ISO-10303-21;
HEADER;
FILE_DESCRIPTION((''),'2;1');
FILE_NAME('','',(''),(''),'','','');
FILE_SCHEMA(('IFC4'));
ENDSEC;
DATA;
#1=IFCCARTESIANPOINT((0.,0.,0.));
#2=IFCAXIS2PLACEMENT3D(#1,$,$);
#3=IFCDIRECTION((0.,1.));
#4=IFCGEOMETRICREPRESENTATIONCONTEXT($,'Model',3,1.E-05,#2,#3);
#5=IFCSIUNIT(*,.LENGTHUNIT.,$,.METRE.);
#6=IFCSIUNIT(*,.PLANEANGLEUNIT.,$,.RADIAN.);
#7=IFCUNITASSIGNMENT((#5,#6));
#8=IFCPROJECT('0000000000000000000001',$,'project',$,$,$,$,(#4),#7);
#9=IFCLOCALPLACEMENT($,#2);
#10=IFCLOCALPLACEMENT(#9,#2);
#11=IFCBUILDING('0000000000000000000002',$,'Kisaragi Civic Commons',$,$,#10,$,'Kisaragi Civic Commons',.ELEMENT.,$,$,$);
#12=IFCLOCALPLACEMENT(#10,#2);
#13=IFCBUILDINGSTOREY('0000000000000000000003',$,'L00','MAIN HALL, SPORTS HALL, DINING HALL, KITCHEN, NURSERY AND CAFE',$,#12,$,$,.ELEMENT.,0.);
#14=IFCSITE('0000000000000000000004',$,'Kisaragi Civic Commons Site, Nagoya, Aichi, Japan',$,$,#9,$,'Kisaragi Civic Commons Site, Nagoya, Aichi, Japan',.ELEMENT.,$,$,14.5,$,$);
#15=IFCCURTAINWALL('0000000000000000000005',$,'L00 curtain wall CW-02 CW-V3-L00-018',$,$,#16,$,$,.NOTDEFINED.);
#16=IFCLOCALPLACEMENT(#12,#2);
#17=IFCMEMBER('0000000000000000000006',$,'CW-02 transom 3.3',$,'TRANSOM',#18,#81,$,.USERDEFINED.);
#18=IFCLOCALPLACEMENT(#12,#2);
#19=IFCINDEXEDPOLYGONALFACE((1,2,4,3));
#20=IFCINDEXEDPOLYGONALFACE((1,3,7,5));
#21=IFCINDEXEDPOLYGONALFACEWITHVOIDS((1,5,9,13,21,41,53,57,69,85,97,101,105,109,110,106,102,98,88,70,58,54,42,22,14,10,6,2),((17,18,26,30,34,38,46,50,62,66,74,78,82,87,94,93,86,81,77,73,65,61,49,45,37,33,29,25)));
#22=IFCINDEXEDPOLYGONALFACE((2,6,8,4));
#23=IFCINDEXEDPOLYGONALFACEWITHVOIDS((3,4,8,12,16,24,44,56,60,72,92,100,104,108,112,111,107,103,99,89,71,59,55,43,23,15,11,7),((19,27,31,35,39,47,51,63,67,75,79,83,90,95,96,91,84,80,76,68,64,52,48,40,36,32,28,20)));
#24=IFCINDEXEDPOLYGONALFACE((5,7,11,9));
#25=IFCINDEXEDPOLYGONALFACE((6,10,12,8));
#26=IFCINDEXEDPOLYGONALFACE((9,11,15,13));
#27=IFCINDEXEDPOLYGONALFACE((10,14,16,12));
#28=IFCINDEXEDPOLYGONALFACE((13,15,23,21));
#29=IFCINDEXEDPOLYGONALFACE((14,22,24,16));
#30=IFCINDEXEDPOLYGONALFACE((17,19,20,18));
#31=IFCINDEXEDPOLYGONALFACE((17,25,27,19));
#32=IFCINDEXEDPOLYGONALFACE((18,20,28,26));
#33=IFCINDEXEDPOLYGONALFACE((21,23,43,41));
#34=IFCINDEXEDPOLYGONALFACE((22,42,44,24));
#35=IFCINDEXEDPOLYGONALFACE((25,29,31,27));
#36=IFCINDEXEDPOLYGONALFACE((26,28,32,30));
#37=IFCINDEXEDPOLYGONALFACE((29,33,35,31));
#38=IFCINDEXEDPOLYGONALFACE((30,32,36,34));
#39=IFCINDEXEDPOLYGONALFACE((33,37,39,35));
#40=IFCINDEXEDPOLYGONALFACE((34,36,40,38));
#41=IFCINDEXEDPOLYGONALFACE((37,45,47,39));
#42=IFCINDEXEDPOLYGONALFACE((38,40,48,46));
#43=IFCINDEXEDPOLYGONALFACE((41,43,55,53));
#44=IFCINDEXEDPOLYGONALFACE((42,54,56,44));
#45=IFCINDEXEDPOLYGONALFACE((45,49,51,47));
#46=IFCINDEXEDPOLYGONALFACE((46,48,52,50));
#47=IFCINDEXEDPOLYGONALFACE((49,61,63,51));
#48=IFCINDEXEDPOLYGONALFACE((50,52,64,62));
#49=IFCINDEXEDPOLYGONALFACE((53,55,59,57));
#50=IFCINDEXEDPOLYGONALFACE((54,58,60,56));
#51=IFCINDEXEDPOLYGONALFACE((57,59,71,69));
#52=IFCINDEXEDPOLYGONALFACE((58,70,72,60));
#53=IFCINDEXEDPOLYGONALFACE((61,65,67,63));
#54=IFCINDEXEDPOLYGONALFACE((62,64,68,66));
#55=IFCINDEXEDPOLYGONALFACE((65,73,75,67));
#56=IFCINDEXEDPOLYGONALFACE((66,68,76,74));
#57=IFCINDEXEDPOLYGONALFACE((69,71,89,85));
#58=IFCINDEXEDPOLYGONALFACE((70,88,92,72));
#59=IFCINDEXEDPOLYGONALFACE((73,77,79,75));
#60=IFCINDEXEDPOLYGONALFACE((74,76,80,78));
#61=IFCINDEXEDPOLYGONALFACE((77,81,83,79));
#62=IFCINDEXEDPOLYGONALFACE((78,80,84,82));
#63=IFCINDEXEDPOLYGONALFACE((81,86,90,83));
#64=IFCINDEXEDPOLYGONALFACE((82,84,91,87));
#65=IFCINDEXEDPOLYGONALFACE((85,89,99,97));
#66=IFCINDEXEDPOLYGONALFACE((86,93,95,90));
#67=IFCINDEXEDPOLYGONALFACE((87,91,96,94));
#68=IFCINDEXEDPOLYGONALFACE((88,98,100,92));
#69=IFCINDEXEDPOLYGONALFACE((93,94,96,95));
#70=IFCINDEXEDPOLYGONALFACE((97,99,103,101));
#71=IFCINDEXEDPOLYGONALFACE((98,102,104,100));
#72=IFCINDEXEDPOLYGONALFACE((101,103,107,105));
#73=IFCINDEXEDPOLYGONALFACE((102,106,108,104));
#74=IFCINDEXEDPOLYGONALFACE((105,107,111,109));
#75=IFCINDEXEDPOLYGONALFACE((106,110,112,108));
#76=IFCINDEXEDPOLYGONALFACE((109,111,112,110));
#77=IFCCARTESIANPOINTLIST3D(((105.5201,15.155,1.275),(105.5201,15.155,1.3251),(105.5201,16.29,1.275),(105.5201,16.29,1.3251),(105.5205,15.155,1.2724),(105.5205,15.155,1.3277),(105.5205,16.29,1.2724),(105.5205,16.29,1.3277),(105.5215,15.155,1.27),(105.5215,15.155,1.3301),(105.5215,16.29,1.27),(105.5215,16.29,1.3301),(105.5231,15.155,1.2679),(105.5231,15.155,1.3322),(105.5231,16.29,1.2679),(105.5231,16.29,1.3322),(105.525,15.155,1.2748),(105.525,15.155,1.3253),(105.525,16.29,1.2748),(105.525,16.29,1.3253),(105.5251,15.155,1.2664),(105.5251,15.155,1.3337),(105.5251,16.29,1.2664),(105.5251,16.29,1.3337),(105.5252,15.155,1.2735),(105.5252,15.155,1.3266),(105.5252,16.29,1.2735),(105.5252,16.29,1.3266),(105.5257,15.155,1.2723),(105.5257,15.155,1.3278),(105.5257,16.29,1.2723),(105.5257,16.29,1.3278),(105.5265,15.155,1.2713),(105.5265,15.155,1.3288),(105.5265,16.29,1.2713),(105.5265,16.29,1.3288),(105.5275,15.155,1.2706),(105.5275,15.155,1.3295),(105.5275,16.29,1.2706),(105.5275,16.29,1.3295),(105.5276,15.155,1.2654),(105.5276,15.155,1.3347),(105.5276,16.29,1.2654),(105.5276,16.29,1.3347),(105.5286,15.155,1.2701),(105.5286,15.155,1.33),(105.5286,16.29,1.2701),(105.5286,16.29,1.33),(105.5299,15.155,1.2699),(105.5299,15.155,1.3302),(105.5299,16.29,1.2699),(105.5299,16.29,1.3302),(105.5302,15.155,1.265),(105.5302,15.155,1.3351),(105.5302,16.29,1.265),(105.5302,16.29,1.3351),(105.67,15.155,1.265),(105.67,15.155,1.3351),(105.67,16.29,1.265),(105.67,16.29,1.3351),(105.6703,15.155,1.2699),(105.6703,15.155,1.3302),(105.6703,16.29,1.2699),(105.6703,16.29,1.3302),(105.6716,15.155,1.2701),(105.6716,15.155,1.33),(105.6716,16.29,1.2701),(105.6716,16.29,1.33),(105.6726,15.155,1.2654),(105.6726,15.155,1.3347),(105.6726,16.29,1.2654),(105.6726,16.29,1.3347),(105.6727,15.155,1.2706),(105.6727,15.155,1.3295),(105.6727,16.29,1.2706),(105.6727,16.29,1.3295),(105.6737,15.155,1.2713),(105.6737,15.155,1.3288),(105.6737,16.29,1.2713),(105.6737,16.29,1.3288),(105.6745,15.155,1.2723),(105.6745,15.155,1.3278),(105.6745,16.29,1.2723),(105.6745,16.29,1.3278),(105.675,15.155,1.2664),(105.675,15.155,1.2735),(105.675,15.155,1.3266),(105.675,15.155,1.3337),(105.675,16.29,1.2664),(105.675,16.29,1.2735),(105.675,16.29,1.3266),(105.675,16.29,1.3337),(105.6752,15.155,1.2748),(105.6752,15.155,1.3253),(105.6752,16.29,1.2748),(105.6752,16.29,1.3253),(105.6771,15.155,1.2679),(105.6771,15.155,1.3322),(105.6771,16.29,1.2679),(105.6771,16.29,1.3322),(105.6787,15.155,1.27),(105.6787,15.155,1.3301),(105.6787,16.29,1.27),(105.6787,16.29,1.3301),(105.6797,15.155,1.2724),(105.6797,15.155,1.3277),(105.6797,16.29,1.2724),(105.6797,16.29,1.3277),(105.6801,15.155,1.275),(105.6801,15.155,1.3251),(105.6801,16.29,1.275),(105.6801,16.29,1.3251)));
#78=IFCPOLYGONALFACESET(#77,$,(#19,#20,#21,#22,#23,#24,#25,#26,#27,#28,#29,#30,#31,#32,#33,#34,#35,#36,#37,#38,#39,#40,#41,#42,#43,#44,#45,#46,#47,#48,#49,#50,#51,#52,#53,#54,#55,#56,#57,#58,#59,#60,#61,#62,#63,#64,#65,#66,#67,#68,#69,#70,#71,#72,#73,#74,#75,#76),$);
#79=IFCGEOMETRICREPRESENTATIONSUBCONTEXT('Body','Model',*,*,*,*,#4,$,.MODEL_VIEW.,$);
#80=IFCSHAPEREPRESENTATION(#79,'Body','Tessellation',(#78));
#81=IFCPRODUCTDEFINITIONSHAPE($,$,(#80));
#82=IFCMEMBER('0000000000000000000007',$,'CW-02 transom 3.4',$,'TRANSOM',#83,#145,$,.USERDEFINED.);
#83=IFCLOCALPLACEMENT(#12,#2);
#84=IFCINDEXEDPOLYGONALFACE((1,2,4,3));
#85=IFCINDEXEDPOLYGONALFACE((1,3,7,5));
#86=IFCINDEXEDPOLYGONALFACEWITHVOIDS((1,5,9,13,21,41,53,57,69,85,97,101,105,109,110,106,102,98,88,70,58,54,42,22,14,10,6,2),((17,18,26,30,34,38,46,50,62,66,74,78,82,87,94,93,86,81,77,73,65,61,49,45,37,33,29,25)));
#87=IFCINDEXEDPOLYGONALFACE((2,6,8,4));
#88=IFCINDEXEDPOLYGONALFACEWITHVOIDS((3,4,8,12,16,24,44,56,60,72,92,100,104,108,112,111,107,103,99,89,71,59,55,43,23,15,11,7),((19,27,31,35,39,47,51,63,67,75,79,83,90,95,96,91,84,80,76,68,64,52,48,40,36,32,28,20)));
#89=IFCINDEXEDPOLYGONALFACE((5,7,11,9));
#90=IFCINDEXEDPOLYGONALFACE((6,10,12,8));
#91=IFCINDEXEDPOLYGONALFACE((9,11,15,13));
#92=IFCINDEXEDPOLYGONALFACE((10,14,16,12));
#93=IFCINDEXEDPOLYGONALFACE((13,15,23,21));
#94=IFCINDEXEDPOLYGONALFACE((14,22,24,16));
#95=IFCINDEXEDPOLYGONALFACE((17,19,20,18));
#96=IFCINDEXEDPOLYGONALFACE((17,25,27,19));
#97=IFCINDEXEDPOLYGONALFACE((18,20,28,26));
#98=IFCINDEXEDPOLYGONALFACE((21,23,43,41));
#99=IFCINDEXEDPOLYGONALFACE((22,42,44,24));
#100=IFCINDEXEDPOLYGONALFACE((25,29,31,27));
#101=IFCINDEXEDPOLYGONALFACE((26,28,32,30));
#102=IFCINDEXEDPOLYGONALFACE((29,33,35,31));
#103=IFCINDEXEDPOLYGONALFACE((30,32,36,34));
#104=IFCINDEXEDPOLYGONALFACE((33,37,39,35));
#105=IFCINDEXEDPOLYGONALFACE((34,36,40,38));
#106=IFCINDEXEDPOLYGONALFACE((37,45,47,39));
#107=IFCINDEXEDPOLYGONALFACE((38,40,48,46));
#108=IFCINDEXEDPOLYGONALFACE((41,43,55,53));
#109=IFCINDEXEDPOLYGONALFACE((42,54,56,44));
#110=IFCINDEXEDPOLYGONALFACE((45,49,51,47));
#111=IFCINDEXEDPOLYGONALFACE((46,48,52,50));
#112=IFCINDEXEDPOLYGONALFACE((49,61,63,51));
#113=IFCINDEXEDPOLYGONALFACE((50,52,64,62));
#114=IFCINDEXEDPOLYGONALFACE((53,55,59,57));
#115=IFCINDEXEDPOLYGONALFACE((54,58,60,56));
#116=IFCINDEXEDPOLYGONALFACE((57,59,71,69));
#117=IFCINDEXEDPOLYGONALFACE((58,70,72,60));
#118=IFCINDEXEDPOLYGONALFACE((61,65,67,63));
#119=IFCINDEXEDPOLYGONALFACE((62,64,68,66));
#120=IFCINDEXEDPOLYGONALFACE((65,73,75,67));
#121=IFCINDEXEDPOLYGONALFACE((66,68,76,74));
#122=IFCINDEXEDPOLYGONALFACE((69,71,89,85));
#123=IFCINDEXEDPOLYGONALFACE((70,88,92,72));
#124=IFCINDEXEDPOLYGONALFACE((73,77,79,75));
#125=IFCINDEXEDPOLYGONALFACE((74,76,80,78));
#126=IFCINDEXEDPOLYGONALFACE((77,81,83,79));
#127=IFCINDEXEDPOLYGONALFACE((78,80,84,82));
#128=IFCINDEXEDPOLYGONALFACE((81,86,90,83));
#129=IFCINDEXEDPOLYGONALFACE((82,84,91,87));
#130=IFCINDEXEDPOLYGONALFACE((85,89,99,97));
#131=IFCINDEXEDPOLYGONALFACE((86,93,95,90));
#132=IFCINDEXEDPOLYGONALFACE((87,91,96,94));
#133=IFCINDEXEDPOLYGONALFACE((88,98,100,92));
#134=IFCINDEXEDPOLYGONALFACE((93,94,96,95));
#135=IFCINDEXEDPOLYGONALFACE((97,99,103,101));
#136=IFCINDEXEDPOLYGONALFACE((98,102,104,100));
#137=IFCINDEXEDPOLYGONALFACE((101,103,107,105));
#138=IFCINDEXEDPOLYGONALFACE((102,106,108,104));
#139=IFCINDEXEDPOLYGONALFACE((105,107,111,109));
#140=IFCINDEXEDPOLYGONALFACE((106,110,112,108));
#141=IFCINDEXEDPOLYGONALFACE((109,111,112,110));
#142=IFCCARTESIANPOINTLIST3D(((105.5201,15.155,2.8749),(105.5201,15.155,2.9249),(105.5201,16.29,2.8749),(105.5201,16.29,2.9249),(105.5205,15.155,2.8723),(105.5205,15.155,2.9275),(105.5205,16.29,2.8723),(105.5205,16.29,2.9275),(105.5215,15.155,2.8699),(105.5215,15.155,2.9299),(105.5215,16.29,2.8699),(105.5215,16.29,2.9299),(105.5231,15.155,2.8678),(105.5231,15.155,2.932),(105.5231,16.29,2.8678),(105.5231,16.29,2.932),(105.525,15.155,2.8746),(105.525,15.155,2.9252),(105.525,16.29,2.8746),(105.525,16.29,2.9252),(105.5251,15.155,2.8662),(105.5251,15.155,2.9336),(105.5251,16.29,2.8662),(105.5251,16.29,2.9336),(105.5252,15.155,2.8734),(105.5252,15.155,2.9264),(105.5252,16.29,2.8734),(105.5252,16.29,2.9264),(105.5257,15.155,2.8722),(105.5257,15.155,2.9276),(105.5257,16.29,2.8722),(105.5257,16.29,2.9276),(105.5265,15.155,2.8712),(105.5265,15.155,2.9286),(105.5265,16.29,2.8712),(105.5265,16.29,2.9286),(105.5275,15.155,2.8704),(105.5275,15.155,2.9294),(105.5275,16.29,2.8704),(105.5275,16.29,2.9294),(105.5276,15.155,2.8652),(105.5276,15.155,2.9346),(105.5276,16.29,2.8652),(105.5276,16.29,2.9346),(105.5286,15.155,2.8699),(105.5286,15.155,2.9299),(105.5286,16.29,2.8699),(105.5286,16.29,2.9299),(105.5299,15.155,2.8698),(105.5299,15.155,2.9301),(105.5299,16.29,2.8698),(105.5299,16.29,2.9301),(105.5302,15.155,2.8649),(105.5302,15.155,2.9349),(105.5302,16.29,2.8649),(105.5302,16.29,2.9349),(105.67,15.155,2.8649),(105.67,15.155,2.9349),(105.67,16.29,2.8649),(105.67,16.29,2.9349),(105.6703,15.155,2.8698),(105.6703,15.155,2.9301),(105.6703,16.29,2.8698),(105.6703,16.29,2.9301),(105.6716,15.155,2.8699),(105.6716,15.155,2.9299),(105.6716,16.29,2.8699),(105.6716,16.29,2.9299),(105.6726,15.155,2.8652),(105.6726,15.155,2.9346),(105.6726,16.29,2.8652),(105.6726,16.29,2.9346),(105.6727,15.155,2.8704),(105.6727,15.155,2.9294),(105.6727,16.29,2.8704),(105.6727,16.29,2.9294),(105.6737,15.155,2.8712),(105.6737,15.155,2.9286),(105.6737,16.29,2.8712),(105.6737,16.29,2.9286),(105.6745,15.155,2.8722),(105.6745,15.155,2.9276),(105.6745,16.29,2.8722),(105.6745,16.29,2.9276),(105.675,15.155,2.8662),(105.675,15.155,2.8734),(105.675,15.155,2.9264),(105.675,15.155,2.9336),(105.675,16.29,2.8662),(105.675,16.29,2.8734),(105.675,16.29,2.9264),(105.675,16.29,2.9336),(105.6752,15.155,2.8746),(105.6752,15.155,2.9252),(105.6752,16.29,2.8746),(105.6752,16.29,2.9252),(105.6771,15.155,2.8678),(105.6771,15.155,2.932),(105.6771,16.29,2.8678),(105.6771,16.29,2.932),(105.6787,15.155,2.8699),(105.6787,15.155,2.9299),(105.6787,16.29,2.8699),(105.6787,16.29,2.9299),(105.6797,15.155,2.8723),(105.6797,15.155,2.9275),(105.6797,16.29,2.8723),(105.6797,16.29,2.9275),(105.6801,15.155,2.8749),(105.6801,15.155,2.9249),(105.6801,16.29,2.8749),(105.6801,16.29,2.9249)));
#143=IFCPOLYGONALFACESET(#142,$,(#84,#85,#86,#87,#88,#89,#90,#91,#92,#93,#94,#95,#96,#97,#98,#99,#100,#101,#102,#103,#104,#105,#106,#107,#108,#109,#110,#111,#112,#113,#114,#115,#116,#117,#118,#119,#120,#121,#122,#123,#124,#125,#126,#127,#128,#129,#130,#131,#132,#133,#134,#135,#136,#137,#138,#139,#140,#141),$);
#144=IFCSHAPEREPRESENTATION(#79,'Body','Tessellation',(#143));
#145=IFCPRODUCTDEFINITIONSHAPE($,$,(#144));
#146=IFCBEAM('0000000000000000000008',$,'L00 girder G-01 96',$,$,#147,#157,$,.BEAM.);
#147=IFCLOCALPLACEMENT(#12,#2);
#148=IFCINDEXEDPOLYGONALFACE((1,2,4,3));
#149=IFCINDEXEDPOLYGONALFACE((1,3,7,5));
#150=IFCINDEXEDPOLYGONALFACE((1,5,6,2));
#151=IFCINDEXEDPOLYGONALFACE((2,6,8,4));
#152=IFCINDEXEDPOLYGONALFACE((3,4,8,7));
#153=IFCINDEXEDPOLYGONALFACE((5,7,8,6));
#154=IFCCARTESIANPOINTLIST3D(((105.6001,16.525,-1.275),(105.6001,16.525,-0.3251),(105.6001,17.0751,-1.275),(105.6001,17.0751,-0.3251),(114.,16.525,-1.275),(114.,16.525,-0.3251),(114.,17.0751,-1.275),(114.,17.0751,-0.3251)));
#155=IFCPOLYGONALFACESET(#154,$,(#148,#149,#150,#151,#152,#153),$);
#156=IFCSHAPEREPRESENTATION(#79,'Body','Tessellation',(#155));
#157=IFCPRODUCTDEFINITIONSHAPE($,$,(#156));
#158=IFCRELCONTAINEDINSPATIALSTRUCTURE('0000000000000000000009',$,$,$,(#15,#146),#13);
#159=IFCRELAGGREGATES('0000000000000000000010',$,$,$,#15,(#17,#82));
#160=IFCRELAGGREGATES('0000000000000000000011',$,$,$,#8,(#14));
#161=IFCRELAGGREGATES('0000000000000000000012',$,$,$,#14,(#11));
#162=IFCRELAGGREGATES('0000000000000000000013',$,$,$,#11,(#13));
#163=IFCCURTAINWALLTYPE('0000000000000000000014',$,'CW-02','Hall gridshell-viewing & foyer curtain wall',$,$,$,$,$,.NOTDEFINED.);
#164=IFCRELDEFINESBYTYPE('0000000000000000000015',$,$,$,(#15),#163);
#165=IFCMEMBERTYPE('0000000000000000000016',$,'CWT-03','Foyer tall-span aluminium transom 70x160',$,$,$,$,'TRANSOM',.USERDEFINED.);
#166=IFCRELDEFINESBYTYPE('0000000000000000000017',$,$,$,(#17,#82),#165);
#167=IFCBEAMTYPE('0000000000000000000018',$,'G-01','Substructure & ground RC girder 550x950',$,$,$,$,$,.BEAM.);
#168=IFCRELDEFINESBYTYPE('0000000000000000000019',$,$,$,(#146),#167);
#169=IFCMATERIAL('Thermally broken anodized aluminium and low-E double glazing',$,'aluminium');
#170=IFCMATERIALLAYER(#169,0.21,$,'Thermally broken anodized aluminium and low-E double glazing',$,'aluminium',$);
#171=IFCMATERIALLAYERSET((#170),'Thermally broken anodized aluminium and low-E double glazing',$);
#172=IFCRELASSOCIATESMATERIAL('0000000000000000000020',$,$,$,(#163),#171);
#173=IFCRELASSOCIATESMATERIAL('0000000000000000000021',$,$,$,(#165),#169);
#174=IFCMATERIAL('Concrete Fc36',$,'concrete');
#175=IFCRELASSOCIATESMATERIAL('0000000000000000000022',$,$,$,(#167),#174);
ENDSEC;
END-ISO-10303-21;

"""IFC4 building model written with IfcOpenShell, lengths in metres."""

from ifc_helpers import new_model, si_unit, direction, frame, origin, origin_2d, place, context, subcontext, project, spatial, rectangle, hollow_rectangle, extrude, material, layer, layer_set, material_profile, profile_set, type_object, element, aggregate, save


model = new_model("IFC4")

# Units and contexts
model_context = context("Model", 3, precision=1e-05, world=origin(), true_north=direction((0.0, 1.0)))
body_context = subcontext(model_context, "Body", "Model", "MODEL_VIEW")
ifc_project = project(units=[si_unit("LENGTHUNIT", "METRE"), si_unit("PLANEANGLEUNIT", "RADIAN")], contexts=[model_context])

# Site, building, storey
site_placement = place(None, origin())
site = spatial("IfcSite", under=ifc_project, at=site_placement, Name="Kisaragi Civic Commons Site, Nagoya, Aichi, Japan", LongName="Kisaragi Civic Commons Site, Nagoya, Aichi, Japan", CompositionType="ELEMENT", RefElevation=14.5)
building_placement = place(site_placement, origin())
building = spatial("IfcBuilding", under=site, at=building_placement, Name="Kisaragi Civic Commons", LongName="Kisaragi Civic Commons", CompositionType="ELEMENT")
storey_placement = place(building_placement, origin())
storey = spatial("IfcBuildingStorey", under=building, at=storey_placement, Name="L00", Description="MAIN HALL, SPORTS HALL, DINING HALL, KITCHEN, NURSERY AND CAFE", CompositionType="ELEMENT", Elevation=0.0)

# Shared definitions
ifc_material_1 = material(Name="Concrete Fc36", Category="concrete")

# Curtain wall, members
ifc_material_2 = material(Name="Thermally broken anodized aluminium and low-E double glazing", Category="aluminium")
ifc_layer_1 = layer(ifc_material_2, 0.21, Name="Thermally broken anodized aluminium and low-E double glazing", Category="aluminium")
ifc_layer_set_1 = layer_set([ifc_layer_1], Name="Thermally broken anodized aluminium and low-E double glazing")
curtain_wall_type = type_object("IfcCurtainWallType", Name="CW-02", Description="Hall gridshell-viewing & foyer curtain wall", PredefinedType="NOTDEFINED", material=ifc_layer_set_1)
curtain_wall_placement = place(storey_placement, origin())
curtain_wall = element("IfcCurtainWall", 1, at=curtain_wall_placement, inside=storey, type_object=curtain_wall_type, Name="L00 curtain wall CW-02 CW-V3-L00-018", PredefinedType="NOTDEFINED")
ifc_material_profile_1 = material_profile(ifc_material_2, hollow_rectangle(XDim=0.1599, YDim=0.0701, WallThickness=0.0049, InnerFilletRadius=0.0049, OuterFilletRadius=0.01, at=origin_2d()), Name="CWT-70x160x5", Category="aluminium")
ifc_profile_set_1 = profile_set([ifc_material_profile_1], Name="Thermally broken anodized aluminium and low-E double glazing")
member_type_1 = type_object("IfcMemberType", Name="CWT-03", Description="Foyer tall-span aluminium transom 70x160", ElementType="TRANSOM", PredefinedType="USERDEFINED", material=ifc_profile_set_1)
member_1_placement = place(storey_placement, frame((105.6001, 15.155, 1.3), z_axis=(0.0, 1.0, 0.0), x_axis=(-1.0, 0.0, 0.0)))
member_1 = element("IfcMember", 2, at=member_1_placement, type_object=member_type_1, Name="CW-02 transom 3.3", ObjectType="TRANSOM", PredefinedType="USERDEFINED", context=body_context, shape_type="SweptSolid", body=[
    extrude(hollow_rectangle(XDim=0.1599, YDim=0.0701, WallThickness=0.0049, InnerFilletRadius=0.0049, OuterFilletRadius=0.01, at=origin_2d()), origin(), (0.0, 0.0, 1.0), 1.135),
])
member_2_placement = place(storey_placement, frame((105.6001, 15.155, 2.8999), z_axis=(0.0, 1.0, 0.0), x_axis=(-1.0, 0.0, 0.0)))
member_2 = element("IfcMember", 3, at=member_2_placement, type_object=member_type_1, Name="CW-02 transom 3.4", ObjectType="TRANSOM", PredefinedType="USERDEFINED", context=body_context, shape_type="SweptSolid", body=[
    extrude(hollow_rectangle(XDim=0.1599, YDim=0.0701, WallThickness=0.0049, InnerFilletRadius=0.0049, OuterFilletRadius=0.01, at=origin_2d()), origin(), (0.0, 0.0, 1.0), 1.135),
])

# Beam
ifc_material_profile_2 = material_profile(ifc_material_1, rectangle(XDim=0.55, YDim=0.95, at=origin_2d()), Name="RC-550x950", Category="concrete")
ifc_profile_set_2 = profile_set([ifc_material_profile_2], Name="Concrete Fc36")
beam_type_1 = type_object("IfcBeamType", Name="G-01", Description="Substructure & ground RC girder 550x950", PredefinedType="BEAM", material=ifc_profile_set_2)
beam_1_placement = place(storey_placement, frame((105.6001, 16.8, -0.8), z_axis=(1.0, 0.0, 0.0), x_axis=(0.0, 1.0, 0.0)))
element("IfcBeam", 4, at=beam_1_placement, inside=storey, type_object=beam_type_1, Name="L00 girder G-01 96", PredefinedType="BEAM", context=body_context, shape_type="SweptSolid", body=[
    extrude(rectangle(XDim=0.55, YDim=0.95, at=origin_2d()), origin(), (0.0, 0.0, 1.0), 8.3999),
])

aggregate(curtain_wall, [member_1, member_2])

save(model, "model.ifc")
